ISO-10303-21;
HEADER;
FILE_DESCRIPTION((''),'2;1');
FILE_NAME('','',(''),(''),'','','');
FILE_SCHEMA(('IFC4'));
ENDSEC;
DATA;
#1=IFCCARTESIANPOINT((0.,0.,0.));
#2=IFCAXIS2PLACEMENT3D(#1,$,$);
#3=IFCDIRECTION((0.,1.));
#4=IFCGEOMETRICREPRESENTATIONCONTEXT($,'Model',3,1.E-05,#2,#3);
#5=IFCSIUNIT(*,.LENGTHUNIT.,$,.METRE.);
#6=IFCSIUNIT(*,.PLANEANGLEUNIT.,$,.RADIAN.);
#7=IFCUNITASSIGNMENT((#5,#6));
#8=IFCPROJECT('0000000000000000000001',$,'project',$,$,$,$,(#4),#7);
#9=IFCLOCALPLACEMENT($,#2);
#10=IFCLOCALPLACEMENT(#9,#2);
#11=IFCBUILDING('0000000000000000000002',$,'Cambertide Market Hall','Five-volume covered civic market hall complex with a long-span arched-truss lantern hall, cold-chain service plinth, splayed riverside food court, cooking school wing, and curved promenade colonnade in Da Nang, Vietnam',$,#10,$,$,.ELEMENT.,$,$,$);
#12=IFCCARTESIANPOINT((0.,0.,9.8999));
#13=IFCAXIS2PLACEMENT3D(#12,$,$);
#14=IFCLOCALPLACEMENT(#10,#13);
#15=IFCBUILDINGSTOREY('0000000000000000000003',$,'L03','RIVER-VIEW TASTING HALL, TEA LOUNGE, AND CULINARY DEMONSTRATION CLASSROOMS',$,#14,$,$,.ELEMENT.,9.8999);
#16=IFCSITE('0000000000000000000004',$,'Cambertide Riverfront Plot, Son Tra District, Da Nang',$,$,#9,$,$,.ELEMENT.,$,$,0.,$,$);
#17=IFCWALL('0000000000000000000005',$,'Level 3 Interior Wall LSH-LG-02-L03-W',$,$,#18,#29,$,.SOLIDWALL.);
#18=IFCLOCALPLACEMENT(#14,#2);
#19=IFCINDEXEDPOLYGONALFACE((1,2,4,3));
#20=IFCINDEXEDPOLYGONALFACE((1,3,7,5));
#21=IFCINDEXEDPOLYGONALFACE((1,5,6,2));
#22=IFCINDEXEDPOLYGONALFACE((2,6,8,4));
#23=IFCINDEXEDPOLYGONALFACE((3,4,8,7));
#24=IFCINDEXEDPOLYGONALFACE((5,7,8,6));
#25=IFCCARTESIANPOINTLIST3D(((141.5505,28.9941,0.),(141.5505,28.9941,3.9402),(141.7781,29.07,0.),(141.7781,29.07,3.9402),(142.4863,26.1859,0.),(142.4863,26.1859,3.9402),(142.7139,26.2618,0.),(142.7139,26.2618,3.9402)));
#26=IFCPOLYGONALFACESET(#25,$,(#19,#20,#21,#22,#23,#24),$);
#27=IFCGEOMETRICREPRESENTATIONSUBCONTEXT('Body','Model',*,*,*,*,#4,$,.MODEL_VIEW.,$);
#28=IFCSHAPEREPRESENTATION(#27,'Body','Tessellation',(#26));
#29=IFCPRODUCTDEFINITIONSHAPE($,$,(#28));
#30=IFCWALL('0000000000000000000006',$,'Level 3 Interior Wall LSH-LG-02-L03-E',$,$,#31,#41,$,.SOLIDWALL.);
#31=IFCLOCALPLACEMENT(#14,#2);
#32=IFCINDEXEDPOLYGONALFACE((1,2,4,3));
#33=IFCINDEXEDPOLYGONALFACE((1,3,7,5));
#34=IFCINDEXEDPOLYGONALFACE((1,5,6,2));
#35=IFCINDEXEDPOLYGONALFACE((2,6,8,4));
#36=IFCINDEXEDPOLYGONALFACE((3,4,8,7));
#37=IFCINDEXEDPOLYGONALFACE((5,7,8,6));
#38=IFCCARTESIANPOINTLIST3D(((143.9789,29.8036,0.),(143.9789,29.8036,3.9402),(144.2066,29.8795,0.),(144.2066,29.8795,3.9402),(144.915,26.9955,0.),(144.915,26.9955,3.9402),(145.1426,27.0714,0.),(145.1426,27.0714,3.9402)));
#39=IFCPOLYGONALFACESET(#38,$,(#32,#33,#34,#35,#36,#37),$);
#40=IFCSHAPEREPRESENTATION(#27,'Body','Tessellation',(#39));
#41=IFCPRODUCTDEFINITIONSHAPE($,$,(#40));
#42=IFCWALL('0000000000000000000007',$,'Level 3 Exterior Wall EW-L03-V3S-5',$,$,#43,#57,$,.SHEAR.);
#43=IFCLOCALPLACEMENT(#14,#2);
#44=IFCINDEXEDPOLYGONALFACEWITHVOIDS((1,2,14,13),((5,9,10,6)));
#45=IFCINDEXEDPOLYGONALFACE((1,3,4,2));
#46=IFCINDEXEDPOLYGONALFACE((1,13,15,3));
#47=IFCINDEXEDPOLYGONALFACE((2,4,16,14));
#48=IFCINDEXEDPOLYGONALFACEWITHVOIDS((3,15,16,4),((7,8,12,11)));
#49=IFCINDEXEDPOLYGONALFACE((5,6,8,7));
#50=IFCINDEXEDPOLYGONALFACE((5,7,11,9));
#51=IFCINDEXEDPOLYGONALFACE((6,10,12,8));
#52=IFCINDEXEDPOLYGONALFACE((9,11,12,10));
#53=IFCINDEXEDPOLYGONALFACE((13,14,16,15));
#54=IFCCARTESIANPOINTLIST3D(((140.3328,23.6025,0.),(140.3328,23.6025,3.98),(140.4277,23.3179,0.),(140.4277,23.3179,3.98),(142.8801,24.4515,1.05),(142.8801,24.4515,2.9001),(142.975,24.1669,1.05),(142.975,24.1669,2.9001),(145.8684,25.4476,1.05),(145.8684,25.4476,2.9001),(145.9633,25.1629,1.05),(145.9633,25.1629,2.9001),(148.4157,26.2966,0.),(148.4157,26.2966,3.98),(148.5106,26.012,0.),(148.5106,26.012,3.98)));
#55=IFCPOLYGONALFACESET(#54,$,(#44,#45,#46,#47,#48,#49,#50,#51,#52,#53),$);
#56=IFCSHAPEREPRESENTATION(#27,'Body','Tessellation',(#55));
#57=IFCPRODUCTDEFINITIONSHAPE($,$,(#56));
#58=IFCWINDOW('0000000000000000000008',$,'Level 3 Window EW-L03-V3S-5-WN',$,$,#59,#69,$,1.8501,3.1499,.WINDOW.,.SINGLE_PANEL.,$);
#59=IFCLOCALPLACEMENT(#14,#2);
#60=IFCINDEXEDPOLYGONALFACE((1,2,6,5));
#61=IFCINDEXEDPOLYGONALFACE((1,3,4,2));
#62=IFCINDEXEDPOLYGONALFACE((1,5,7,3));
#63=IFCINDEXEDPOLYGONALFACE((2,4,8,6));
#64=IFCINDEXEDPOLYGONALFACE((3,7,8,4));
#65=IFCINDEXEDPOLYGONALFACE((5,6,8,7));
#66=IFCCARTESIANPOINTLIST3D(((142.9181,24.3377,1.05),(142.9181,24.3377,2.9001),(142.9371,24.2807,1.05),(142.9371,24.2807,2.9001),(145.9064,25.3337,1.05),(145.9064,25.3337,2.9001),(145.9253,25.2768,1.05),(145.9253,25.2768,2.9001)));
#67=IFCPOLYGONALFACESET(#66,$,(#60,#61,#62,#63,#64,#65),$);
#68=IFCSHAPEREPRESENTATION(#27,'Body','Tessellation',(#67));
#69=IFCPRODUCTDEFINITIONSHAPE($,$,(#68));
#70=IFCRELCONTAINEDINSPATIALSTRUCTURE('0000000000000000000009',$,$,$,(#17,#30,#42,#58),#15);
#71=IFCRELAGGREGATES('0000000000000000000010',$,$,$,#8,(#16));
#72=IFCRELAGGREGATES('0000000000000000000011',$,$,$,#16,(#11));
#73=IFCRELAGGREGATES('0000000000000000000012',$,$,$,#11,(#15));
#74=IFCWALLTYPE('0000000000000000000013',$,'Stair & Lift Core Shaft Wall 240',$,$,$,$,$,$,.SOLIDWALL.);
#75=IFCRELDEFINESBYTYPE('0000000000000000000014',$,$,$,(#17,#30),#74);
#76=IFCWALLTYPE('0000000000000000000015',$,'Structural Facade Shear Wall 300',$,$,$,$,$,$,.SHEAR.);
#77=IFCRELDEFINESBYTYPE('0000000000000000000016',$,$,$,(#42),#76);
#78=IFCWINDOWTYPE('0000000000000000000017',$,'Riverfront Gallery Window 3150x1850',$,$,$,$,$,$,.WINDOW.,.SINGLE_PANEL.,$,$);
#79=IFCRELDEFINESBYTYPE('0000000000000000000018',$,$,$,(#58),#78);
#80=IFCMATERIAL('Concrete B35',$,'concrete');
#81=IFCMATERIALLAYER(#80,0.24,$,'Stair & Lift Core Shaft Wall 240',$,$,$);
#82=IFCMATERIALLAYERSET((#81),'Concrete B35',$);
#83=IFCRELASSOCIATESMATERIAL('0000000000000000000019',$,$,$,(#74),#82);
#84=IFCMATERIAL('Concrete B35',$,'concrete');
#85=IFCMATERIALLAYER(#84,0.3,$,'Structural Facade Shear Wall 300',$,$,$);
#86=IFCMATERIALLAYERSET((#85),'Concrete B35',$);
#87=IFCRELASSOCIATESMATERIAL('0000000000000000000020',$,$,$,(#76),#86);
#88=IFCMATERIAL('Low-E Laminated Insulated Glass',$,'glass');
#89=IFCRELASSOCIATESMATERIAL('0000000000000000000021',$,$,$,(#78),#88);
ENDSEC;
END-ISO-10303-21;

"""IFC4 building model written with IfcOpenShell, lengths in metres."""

from ifc_helpers import new_model, si_unit, direction, frame, frame_2d, origin, place, context, subcontext, project, spatial, rectangle, extrude, material, layer, layer_set, type_object, element, fill, save


model = new_model("IFC4")

# Units and contexts
model_context = context("Model", 3, precision=1e-05, world=origin(), true_north=direction((0.0, 1.0)))
body_context = subcontext(model_context, "Body", "Model", "MODEL_VIEW")
ifc_project = project(units=[si_unit("LENGTHUNIT", "METRE"), si_unit("PLANEANGLEUNIT", "RADIAN")], contexts=[model_context])

# Site, building, storey
site_placement = place(None, origin())
site = spatial("IfcSite", under=ifc_project, at=site_placement, Name="Cambertide Riverfront Plot, Son Tra District, Da Nang", CompositionType="ELEMENT", RefElevation=0.0)
building_placement = place(site_placement, origin())
building = spatial("IfcBuilding", under=site, at=building_placement, Name="Cambertide Market Hall", Description="Five-volume covered civic market hall complex with a long-span arched-truss lantern hall, cold-chain service plinth, splayed riverside food court, cooking school wing, and curved promenade colonnade in Da Nang, Vietnam", CompositionType="ELEMENT")
storey_placement = place(building_placement, frame((0.0, 0.0, 9.8999)))
storey = spatial("IfcBuildingStorey", under=building, at=storey_placement, Name="L03", Description="RIVER-VIEW TASTING HALL, TEA LOUNGE, AND CULINARY DEMONSTRATION CLASSROOMS", CompositionType="ELEMENT", Elevation=9.8999)

# Shared definitions
ifc_material_1 = material(Name="Concrete B35", Category="concrete")
ifc_layer_1 = layer(ifc_material_1, 0.24, Name="Stair & Lift Core Shaft Wall 240")
ifc_layer_set_1 = layer_set([ifc_layer_1], Name="Concrete B35")
wall_type_1 = type_object("IfcWallType", Name="Stair & Lift Core Shaft Wall 240", PredefinedType="SOLIDWALL", material=ifc_layer_set_1)

# Walls
for number, where, z_axis, x_axis, name in (
    (1, (142.6001, 26.2239, 0.0), (0.0, 0.0, 1.0), (-0.316154, 0.948708, 0.0), "Level 3 Interior Wall LSH-LG-02-L03-W"),
    (2, (144.0928, 29.8416, 0.0), (0.0, 0.0, 1.0), (0.316228, -0.948683, 0.0), "Level 3 Interior Wall LSH-LG-02-L03-E"),
):
    element("IfcWall", number, at=place(storey_placement, frame(where, z_axis=z_axis, x_axis=x_axis)), inside=storey, type_object=wall_type_1, Name=name, PredefinedType="SOLIDWALL", context=body_context, shape_type="SweptSolid", body=[
        extrude(rectangle(XDim=2.96, YDim=0.24, at=frame_2d((1.48, 0.0))), origin(), (0.0, 0.0, 1.0), 3.9402),
    ])

# Wall, opening, window
ifc_material_2 = material(Name="Concrete B35", Category="concrete")
ifc_layer_2 = layer(ifc_material_2, 0.3, Name="Structural Facade Shear Wall 300")
ifc_layer_set_2 = layer_set([ifc_layer_2], Name="Concrete B35")
wall_type_2 = type_object("IfcWallType", Name="Structural Facade Shear Wall 300", PredefinedType="SHEAR", material=ifc_layer_set_2)
wall_1_placement = place(storey_placement, frame((148.4631, 26.1543, 0.0), z_axis=(0.0, 0.0, 1.0), x_axis=(-0.948689, -0.316211, 0.0)))
wall_1 = element("IfcWall", 3, at=wall_1_placement, inside=storey, type_object=wall_type_2, Name="Level 3 Exterior Wall EW-L03-V3S-5", PredefinedType="SHEAR", context=body_context, shape_type="SweptSolid", body=[
    extrude(rectangle(XDim=8.52, YDim=0.3, at=frame_2d((4.26, 0.0))), origin(), (0.0, 0.0, 1.0), 3.98),
])
opening_1_placement = place(wall_1_placement, frame((2.6851, 0.0, 1.05)))
opening_1 = element("IfcOpeningElement", 4, at=opening_1_placement, cuts=wall_1, PredefinedType="OPENING", context=body_context, shape_type="SweptSolid", body=[
    extrude(rectangle(XDim=3.1499, YDim=1.8501, at=frame_2d((1.575, 0.925))), frame((0.0, 0.1599, 0.0), z_axis=(0.0, -1.0, 0.0), x_axis=(1.0, 0.0, 0.0)), (0.0, 0.0, 1.0), 0.3201),
])
ifc_material_3 = material(Name="Low-E Laminated Insulated Glass", Category="glass")
window_type = type_object("IfcWindowType", Name="Riverfront Gallery Window 3150x1850", PartitioningType="SINGLE_PANEL", PredefinedType="WINDOW", material=ifc_material_3)
window_placement = place(opening_1_placement, origin())
window = element("IfcWindow", 5, at=window_placement, inside=storey, type_object=window_type, Name="Level 3 Window EW-L03-V3S-5-WN", OverallHeight=1.8501, OverallWidth=3.1499, PartitioningType="SINGLE_PANEL", PredefinedType="WINDOW", context=body_context, shape_type="SweptSolid", body=[
    extrude(rectangle(XDim=3.1499, YDim=1.8501, at=frame_2d((1.575, 0.925))), frame((0.0, 0.03, 0.0), z_axis=(0.0, -1.0, 0.0), x_axis=(1.0, 0.0, 0.0)), (0.0, 0.0, 1.0), 0.0601),
])
fill(opening_1, window)

save(model, "model.ifc")
